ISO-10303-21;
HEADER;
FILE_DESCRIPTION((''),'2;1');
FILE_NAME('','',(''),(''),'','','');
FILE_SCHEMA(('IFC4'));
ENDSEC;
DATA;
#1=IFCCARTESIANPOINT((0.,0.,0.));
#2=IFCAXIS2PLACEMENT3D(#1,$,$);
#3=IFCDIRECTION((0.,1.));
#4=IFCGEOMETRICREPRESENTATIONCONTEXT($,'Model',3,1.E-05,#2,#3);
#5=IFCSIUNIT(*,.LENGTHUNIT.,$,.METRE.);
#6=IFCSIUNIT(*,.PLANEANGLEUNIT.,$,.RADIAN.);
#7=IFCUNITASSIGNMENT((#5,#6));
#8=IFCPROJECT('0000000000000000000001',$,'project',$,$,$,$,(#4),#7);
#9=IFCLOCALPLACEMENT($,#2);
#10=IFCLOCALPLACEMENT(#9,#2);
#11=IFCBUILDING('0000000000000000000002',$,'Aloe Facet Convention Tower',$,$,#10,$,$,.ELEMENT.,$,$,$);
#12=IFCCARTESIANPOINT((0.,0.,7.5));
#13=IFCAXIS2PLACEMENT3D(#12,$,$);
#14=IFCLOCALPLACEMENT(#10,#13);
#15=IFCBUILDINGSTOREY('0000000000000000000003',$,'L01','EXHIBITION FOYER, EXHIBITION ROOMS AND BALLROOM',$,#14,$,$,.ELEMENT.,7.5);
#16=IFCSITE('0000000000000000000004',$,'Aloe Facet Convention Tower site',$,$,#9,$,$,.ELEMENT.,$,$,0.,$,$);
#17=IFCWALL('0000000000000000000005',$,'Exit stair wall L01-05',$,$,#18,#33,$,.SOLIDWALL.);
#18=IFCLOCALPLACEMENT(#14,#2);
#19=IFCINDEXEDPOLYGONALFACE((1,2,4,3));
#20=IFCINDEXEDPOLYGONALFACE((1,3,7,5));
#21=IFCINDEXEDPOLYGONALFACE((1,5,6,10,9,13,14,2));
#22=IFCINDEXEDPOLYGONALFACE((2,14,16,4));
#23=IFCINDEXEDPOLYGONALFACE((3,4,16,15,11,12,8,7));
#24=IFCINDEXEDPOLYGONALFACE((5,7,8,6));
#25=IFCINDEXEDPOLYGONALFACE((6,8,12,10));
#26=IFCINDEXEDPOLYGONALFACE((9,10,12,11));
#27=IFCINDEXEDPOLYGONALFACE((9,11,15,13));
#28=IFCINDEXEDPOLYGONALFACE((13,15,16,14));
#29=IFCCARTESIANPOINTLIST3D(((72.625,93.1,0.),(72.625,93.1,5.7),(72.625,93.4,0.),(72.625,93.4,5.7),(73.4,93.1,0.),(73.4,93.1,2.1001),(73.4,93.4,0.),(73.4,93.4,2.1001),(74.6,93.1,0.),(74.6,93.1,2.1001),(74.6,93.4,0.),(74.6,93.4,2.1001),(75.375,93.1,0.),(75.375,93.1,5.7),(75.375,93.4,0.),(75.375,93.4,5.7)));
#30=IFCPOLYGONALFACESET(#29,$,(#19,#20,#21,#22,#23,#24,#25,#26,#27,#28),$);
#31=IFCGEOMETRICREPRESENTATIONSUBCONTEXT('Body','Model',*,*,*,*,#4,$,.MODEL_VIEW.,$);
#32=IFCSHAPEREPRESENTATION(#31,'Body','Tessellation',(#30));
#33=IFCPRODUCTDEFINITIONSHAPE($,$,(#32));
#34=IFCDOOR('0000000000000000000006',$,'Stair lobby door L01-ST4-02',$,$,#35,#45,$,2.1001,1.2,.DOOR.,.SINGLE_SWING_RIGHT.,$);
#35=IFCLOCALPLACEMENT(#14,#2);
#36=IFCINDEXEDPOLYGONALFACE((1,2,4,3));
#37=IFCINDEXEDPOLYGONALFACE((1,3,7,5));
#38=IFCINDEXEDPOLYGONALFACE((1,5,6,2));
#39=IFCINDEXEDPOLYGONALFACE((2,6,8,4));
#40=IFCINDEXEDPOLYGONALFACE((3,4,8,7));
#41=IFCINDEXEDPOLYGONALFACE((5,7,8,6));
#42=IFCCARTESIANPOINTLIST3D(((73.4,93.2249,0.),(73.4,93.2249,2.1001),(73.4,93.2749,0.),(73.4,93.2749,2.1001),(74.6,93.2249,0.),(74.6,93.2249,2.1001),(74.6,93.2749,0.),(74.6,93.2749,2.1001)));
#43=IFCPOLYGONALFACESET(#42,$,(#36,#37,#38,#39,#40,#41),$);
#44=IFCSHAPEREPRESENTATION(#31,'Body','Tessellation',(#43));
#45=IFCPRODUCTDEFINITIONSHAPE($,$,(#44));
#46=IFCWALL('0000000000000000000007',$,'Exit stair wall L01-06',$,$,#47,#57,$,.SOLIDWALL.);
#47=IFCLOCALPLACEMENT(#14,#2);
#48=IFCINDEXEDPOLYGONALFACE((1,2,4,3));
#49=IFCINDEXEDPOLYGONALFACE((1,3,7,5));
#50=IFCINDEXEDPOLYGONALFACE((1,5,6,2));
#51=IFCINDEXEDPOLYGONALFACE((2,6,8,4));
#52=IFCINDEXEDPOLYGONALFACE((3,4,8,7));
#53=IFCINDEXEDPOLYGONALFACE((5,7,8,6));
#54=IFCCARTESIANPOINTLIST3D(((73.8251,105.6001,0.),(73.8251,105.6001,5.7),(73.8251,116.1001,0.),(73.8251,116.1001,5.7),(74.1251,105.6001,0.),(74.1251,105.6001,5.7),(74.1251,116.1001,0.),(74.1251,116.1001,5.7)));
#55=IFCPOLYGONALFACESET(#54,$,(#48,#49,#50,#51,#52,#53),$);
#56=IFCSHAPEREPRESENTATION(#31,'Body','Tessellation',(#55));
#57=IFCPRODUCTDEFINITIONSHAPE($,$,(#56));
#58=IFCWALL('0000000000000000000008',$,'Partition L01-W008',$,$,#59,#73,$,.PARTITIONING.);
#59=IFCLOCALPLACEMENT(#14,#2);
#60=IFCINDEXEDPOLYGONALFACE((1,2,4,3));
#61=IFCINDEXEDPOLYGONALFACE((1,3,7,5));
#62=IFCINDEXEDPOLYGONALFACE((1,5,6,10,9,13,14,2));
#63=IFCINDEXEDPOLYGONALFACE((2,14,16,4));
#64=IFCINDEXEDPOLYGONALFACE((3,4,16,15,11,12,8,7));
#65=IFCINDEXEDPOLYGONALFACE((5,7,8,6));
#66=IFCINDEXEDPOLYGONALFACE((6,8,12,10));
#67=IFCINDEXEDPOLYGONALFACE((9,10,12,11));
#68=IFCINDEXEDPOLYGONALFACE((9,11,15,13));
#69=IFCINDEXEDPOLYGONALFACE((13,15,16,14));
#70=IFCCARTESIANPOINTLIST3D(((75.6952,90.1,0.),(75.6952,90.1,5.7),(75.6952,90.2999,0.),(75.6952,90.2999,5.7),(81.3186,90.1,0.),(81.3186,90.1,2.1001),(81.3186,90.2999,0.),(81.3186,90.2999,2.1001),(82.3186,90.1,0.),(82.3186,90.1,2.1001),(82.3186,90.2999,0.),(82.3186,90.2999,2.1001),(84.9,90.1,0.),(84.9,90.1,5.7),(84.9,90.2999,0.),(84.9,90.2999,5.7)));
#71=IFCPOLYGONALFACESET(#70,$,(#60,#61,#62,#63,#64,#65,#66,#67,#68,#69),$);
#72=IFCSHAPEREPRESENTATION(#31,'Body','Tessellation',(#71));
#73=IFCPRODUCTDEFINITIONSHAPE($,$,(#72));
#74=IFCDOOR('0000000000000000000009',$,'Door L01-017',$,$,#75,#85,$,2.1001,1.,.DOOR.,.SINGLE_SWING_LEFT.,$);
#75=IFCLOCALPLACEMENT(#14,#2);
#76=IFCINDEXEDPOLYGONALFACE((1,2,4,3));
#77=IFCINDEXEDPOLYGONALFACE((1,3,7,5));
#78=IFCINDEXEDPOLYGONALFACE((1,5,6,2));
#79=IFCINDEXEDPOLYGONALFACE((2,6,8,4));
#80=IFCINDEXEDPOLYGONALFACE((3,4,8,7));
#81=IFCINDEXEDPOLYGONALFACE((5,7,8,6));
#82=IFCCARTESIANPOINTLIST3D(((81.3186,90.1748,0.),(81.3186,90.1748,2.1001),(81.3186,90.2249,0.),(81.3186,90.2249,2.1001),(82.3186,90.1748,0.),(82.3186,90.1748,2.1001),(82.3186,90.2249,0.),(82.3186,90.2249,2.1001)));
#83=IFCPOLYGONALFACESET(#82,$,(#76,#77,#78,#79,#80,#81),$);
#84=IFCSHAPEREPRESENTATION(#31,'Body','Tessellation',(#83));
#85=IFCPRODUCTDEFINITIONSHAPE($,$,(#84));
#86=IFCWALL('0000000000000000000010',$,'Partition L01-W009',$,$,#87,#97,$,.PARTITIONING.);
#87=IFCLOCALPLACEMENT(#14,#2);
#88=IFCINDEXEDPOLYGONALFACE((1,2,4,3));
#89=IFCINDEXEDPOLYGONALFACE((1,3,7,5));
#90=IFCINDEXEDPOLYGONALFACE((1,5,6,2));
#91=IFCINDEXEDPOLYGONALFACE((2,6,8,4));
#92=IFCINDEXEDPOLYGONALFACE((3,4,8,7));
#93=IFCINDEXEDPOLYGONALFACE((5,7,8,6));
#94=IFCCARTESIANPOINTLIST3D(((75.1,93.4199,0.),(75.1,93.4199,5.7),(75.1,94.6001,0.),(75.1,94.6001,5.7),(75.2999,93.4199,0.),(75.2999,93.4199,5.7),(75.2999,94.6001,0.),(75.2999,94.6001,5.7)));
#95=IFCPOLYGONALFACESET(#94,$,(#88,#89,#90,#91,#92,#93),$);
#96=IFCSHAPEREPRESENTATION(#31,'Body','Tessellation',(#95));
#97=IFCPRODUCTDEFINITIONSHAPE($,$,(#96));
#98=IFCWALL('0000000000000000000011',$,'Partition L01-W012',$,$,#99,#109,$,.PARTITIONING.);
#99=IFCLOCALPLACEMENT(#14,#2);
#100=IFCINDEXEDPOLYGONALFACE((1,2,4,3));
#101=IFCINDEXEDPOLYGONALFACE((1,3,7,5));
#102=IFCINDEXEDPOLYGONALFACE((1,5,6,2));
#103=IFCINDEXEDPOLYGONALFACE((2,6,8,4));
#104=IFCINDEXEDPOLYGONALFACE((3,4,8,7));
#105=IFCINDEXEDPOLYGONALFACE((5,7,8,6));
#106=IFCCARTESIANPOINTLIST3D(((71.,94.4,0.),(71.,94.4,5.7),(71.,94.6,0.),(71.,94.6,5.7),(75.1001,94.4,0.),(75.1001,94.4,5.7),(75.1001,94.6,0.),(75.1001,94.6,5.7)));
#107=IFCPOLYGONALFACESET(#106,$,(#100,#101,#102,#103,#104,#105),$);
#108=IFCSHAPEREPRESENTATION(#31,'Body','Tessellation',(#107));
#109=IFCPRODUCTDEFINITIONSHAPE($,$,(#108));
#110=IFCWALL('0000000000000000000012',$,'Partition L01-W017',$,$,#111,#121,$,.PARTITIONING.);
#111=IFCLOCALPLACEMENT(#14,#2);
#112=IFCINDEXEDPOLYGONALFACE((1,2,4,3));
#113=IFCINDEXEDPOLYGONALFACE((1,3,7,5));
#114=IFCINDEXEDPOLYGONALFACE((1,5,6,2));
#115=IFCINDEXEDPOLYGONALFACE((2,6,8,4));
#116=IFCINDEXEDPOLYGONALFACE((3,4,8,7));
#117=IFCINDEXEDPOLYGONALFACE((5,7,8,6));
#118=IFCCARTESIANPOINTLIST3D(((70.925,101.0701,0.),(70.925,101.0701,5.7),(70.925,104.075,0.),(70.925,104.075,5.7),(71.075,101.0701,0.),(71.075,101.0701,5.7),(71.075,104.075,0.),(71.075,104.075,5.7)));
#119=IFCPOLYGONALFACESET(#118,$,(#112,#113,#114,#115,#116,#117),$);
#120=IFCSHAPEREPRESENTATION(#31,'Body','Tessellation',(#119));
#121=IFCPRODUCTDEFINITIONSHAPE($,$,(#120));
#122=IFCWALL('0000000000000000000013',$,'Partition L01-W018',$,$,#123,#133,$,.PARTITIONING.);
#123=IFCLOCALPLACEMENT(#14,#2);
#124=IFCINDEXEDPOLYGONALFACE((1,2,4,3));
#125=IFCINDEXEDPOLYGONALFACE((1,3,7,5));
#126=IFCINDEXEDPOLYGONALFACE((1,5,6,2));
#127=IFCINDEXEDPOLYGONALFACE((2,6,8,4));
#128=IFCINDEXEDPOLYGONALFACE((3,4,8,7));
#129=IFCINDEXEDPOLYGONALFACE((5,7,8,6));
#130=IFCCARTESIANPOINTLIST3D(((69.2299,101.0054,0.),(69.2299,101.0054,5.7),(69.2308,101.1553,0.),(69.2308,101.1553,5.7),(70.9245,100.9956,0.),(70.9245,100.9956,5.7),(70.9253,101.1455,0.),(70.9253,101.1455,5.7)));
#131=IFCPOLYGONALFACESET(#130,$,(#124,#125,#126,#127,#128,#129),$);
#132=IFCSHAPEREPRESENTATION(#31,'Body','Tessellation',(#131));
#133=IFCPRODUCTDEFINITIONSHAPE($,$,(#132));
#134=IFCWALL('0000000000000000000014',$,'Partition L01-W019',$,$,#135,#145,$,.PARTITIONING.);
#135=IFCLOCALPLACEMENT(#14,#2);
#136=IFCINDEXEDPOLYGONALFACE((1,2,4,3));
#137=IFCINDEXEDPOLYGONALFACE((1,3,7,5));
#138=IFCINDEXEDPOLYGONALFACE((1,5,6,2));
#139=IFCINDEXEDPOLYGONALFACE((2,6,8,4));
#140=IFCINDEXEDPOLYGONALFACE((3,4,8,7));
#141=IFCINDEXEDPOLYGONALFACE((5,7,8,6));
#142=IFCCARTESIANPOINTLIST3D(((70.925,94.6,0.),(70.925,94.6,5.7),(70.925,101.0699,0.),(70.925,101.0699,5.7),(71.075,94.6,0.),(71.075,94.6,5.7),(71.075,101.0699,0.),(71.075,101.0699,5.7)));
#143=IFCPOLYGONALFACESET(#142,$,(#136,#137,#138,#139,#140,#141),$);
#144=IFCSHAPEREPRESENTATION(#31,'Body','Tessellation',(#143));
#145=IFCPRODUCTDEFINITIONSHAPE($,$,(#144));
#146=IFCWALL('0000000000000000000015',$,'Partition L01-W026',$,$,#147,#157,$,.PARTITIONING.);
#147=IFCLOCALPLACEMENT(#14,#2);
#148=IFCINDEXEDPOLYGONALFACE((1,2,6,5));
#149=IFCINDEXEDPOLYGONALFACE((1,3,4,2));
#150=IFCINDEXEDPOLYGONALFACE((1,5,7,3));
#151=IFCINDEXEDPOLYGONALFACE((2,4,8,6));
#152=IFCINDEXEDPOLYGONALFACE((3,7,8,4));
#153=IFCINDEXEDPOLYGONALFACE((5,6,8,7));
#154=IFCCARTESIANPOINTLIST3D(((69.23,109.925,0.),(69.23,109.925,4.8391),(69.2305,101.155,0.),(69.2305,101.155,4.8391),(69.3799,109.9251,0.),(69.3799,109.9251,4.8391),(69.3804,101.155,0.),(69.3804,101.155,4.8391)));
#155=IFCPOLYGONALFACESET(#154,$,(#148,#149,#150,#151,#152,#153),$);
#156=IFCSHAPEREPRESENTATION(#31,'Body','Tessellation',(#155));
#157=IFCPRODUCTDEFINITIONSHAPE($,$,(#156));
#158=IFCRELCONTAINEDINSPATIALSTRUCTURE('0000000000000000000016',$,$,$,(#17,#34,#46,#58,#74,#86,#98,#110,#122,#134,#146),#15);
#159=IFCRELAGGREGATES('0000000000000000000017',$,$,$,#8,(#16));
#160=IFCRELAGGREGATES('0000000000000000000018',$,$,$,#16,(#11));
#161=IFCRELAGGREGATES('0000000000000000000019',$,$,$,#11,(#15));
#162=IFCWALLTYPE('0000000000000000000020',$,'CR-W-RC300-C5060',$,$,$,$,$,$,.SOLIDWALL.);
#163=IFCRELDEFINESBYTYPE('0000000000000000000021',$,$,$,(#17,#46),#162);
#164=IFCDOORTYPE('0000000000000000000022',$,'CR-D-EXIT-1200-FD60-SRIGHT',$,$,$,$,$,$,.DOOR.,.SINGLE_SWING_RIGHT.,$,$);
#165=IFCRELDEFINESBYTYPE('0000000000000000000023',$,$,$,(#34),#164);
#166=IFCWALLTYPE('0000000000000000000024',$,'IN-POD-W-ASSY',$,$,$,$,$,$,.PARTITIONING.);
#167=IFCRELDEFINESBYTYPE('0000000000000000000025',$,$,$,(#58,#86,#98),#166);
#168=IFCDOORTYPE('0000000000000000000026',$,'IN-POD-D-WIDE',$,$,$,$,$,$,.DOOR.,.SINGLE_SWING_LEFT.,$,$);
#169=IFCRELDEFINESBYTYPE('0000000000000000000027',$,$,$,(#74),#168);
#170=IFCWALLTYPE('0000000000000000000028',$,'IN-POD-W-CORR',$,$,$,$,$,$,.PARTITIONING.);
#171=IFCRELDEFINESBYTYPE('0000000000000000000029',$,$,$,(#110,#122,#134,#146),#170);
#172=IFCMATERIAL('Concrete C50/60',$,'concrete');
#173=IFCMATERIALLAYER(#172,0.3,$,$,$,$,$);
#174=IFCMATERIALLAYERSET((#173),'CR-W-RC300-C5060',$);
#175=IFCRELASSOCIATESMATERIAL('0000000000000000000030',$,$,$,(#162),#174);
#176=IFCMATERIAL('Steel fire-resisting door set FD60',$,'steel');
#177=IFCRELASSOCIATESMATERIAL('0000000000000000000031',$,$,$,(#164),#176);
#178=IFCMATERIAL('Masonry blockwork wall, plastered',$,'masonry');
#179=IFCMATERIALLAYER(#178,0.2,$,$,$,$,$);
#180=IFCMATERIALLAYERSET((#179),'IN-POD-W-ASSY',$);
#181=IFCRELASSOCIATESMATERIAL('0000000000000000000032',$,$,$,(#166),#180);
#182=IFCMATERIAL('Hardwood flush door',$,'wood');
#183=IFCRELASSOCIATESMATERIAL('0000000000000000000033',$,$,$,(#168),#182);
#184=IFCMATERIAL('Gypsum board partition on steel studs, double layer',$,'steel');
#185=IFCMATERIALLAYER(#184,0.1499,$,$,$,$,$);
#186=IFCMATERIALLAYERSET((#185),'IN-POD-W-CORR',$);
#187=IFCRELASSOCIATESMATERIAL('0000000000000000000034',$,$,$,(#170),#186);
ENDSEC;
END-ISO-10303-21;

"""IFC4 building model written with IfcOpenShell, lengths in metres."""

from ifc_helpers import new_model, si_unit, direction, frame, frame_2d, origin, place, context, subcontext, project, spatial, rectangle, extrude, material, layer, layer_set, type_object, element, fill, save


model = new_model("IFC4")

# Units and contexts
model_context = context("Model", 3, precision=1e-05, world=origin(), true_north=direction((0.0, 1.0)))
body_context = subcontext(model_context, "Body", "Model", "MODEL_VIEW")
ifc_project = project(units=[si_unit("LENGTHUNIT", "METRE"), si_unit("PLANEANGLEUNIT", "RADIAN")], contexts=[model_context])

# Site, building, storey
site_placement = place(None, origin())
site = spatial("IfcSite", under=ifc_project, at=site_placement, Name="Aloe Facet Convention Tower site", CompositionType="ELEMENT", RefElevation=0.0)
building_placement = place(site_placement, origin())
building = spatial("IfcBuilding", under=site, at=building_placement, Name="Aloe Facet Convention Tower", CompositionType="ELEMENT")
storey_placement = place(building_placement, frame((0.0, 0.0, 7.5)))
storey = spatial("IfcBuildingStorey", under=building, at=storey_placement, Name="L01", Description="EXHIBITION FOYER, EXHIBITION ROOMS AND BALLROOM", CompositionType="ELEMENT", Elevation=7.5)

# Wall, opening, door
ifc_material_1 = material(Name="Concrete C50/60", Category="concrete")
ifc_layer_1 = layer(ifc_material_1, 0.3)
ifc_layer_set_1 = layer_set([ifc_layer_1], Name="CR-W-RC300-C5060")
wall_type_1 = type_object("IfcWallType", Name="CR-W-RC300-C5060", PredefinedType="SOLIDWALL", material=ifc_layer_set_1)
wall_1_placement = place(storey_placement, frame((72.625, 93.25, 0.0), z_axis=(0.0, 0.0, 1.0), x_axis=(1.0, 0.0, 0.0)))
wall_1 = element("IfcWall", 1, at=wall_1_placement, inside=storey, type_object=wall_type_1, Name="Exit stair wall L01-05", PredefinedType="SOLIDWALL", context=body_context, shape_type="SweptSolid", body=[
    extrude(rectangle(XDim=2.75, YDim=0.3, at=frame_2d((1.375, 0.0))), origin(), (0.0, 0.0, 1.0), 5.7),
])
opening_1_placement = place(wall_1_placement, frame((0.7749, 0.0, 0.0)))
opening_1 = element("IfcOpeningElement", 2, at=opening_1_placement, cuts=wall_1, PredefinedType="OPENING", context=body_context, shape_type="SweptSolid", body=[
    extrude(rectangle(XDim=1.2, YDim=2.1001, at=frame_2d((0.6001, 1.05))), frame((0.0, 0.1602, 0.0), z_axis=(0.0, -1.0, 0.0), x_axis=(1.0, 0.0, 0.0)), (0.0, 0.0, 1.0), 0.3201),
])
ifc_material_2 = material(Name="Steel fire-resisting door set FD60", Category="steel")
door_type_1 = type_object("IfcDoorType", Name="CR-D-EXIT-1200-FD60-SRIGHT", OperationType="SINGLE_SWING_RIGHT", PredefinedType="DOOR", material=ifc_material_2)
door_1_placement = place(opening_1_placement, origin())
door_1 = element("IfcDoor", 3, at=door_1_placement, inside=storey, type_object=door_type_1, Name="Stair lobby door L01-ST4-02", OperationType="SINGLE_SWING_RIGHT", OverallHeight=2.1001, OverallWidth=1.2, PredefinedType="DOOR", context=body_context, shape_type="SweptSolid", body=[
    extrude(rectangle(XDim=1.2, YDim=2.1001, at=frame_2d((0.6001, 1.05))), frame((0.0, 0.0249, 0.0), z_axis=(0.0, -1.0, 0.0), x_axis=(1.0, 0.0, 0.0)), (0.0, 0.0, 1.0), 0.05),
])
fill(opening_1, door_1)

# Wall
wall_2_placement = place(storey_placement, frame((73.9751, 105.6001, 0.0), z_axis=(0.0, 0.0, 1.0), x_axis=(0.0, 1.0, 0.0)))
element("IfcWall", 4, at=wall_2_placement, inside=storey, type_object=wall_type_1, Name="Exit stair wall L01-06", PredefinedType="SOLIDWALL", context=body_context, shape_type="SweptSolid", body=[
    extrude(rectangle(XDim=10.5, YDim=0.3, at=frame_2d((5.25, 0.0))), origin(), (0.0, 0.0, 1.0), 5.7),
])

# Wall, opening, door
ifc_material_3 = material(Name="Masonry blockwork wall, plastered", Category="masonry")
ifc_layer_2 = layer(ifc_material_3, 0.2)
ifc_layer_set_2 = layer_set([ifc_layer_2], Name="IN-POD-W-ASSY")
wall_type_2 = type_object("IfcWallType", Name="IN-POD-W-ASSY", PredefinedType="PARTITIONING", material=ifc_layer_set_2)
wall_3_placement = place(storey_placement, frame((75.6951, 90.2, 0.0), z_axis=(0.0, 0.0, 1.0), x_axis=(1.0, 0.0, 0.0)))
wall_3 = element("IfcWall", 5, at=wall_3_placement, inside=storey, type_object=wall_type_2, Name="Partition L01-W008", PredefinedType="PARTITIONING", context=body_context, shape_type="SweptSolid", body=[
    extrude(rectangle(XDim=9.2048, YDim=0.2, at=frame_2d((4.6025, 0.0))), origin(), (0.0, 0.0, 1.0), 5.7),
])
opening_2_placement = place(wall_3_placement, frame((5.6235, 0.0, 0.0)))
opening_2 = element("IfcOpeningElement", 6, at=opening_2_placement, cuts=wall_3, PredefinedType="OPENING", context=body_context, shape_type="SweptSolid", body=[
    extrude(rectangle(XDim=1.0, YDim=2.1001, at=frame_2d((0.5, 1.05))), frame((0.0, 0.1099, 0.0), z_axis=(0.0, -1.0, 0.0), x_axis=(1.0, 0.0, 0.0)), (0.0, 0.0, 1.0), 0.22),
])
ifc_material_4 = material(Name="Hardwood flush door", Category="wood")
door_type_2 = type_object("IfcDoorType", Name="IN-POD-D-WIDE", OperationType="SINGLE_SWING_LEFT", PredefinedType="DOOR", material=ifc_material_4)
door_2_placement = place(opening_2_placement, origin())
door_2 = element("IfcDoor", 7, at=door_2_placement, inside=storey, type_object=door_type_2, Name="Door L01-017", OperationType="SINGLE_SWING_LEFT", OverallHeight=2.1001, OverallWidth=1.0, PredefinedType="DOOR", context=body_context, shape_type="SweptSolid", body=[
    extrude(rectangle(XDim=1.0, YDim=2.1001, at=frame_2d((0.5, 1.05))), frame((0.0, 0.0249, 0.0), z_axis=(0.0, -1.0, 0.0), x_axis=(1.0, 0.0, 0.0)), (0.0, 0.0, 1.0), 0.05),
])
fill(opening_2, door_2)

# Walls
wall_4_placement = place(storey_placement, frame((75.2, 93.4199, 0.0), z_axis=(0.0, 0.0, 1.0), x_axis=(0.0, 1.0, 0.0)))
element("IfcWall", 8, at=wall_4_placement, inside=storey, type_object=wall_type_2, Name="Partition L01-W009", PredefinedType="PARTITIONING", context=body_context, shape_type="SweptSolid", body=[
    extrude(rectangle(XDim=1.1802, YDim=0.2, at=frame_2d((0.5901, 0.0))), origin(), (0.0, 0.0, 1.0), 5.7),
])
wall_5_placement = place(storey_placement, frame((71.0, 94.5, 0.0), z_axis=(0.0, 0.0, 1.0), x_axis=(1.0, 0.0, 0.0)))
element("IfcWall", 9, at=wall_5_placement, inside=storey, type_object=wall_type_2, Name="Partition L01-W012", PredefinedType="PARTITIONING", context=body_context, shape_type="SweptSolid", body=[
    extrude(rectangle(XDim=4.1001, YDim=0.2, at=frame_2d((2.05, 0.0))), origin(), (0.0, 0.0, 1.0), 5.7),
])
ifc_material_5 = material(Name="Gypsum board partition on steel studs, double layer", Category="steel")
ifc_layer_3 = layer(ifc_material_5, 0.1499)
ifc_layer_set_3 = layer_set([ifc_layer_3], Name="IN-POD-W-CORR")
wall_type_3 = type_object("IfcWallType", Name="IN-POD-W-CORR", PredefinedType="PARTITIONING", material=ifc_layer_set_3)
wall_6_placement = place(storey_placement, frame((71.0, 101.0701, 0.0), z_axis=(0.0, 0.0, 1.0), x_axis=(0.0, 1.0, 0.0)))
element("IfcWall", 10, at=wall_6_placement, inside=storey, type_object=wall_type_3, Name="Partition L01-W017", PredefinedType="PARTITIONING", context=body_context, shape_type="SweptSolid", body=[
    extrude(rectangle(XDim=3.0049, YDim=0.1499, at=frame_2d((1.5024, 0.0))), origin(), (0.0, 0.0, 1.0), 5.7),
])
wall_7_placement = place(storey_placement, frame((69.2305, 101.0803, 0.0), z_axis=(0.0, 0.0, 1.0), x_axis=(0.999983, -0.005763, 0.0)))
element("IfcWall", 11, at=wall_7_placement, inside=storey, type_object=wall_type_3, Name="Partition L01-W018", PredefinedType="PARTITIONING", context=body_context, shape_type="SweptSolid", body=[
    extrude(rectangle(XDim=1.6946, YDim=0.1499, at=frame_2d((0.8472, 0.0))), origin(), (0.0, 0.0, 1.0), 5.7),
])
wall_8_placement = place(storey_placement, frame((71.0, 94.6001, 0.0), z_axis=(0.0, 0.0, 1.0), x_axis=(0.0, 1.0, 0.0)))
element("IfcWall", 12, at=wall_8_placement, inside=storey, type_object=wall_type_3, Name="Partition L01-W019", PredefinedType="PARTITIONING", context=body_context, shape_type="SweptSolid", body=[
    extrude(rectangle(XDim=6.47, YDim=0.1499, at=frame_2d((3.2349, 0.0))), origin(), (0.0, 0.0, 1.0), 5.7),
])
wall_9_placement = place(storey_placement, frame((69.3054, 101.155, 0.0), z_axis=(0.0, 0.0, 1.0), x_axis=(-0.000056, 1.0, 0.0)))
element("IfcWall", 13, at=wall_9_placement, inside=storey, type_object=wall_type_3, Name="Partition L01-W026", PredefinedType="PARTITIONING", context=body_context, shape_type="SweptSolid", body=[
    extrude(rectangle(XDim=8.77, YDim=0.1499, at=frame_2d((4.385, 0.0))), origin(), (0.0, 0.0, 1.0), 4.8391),
])

save(model, "model.ifc")
